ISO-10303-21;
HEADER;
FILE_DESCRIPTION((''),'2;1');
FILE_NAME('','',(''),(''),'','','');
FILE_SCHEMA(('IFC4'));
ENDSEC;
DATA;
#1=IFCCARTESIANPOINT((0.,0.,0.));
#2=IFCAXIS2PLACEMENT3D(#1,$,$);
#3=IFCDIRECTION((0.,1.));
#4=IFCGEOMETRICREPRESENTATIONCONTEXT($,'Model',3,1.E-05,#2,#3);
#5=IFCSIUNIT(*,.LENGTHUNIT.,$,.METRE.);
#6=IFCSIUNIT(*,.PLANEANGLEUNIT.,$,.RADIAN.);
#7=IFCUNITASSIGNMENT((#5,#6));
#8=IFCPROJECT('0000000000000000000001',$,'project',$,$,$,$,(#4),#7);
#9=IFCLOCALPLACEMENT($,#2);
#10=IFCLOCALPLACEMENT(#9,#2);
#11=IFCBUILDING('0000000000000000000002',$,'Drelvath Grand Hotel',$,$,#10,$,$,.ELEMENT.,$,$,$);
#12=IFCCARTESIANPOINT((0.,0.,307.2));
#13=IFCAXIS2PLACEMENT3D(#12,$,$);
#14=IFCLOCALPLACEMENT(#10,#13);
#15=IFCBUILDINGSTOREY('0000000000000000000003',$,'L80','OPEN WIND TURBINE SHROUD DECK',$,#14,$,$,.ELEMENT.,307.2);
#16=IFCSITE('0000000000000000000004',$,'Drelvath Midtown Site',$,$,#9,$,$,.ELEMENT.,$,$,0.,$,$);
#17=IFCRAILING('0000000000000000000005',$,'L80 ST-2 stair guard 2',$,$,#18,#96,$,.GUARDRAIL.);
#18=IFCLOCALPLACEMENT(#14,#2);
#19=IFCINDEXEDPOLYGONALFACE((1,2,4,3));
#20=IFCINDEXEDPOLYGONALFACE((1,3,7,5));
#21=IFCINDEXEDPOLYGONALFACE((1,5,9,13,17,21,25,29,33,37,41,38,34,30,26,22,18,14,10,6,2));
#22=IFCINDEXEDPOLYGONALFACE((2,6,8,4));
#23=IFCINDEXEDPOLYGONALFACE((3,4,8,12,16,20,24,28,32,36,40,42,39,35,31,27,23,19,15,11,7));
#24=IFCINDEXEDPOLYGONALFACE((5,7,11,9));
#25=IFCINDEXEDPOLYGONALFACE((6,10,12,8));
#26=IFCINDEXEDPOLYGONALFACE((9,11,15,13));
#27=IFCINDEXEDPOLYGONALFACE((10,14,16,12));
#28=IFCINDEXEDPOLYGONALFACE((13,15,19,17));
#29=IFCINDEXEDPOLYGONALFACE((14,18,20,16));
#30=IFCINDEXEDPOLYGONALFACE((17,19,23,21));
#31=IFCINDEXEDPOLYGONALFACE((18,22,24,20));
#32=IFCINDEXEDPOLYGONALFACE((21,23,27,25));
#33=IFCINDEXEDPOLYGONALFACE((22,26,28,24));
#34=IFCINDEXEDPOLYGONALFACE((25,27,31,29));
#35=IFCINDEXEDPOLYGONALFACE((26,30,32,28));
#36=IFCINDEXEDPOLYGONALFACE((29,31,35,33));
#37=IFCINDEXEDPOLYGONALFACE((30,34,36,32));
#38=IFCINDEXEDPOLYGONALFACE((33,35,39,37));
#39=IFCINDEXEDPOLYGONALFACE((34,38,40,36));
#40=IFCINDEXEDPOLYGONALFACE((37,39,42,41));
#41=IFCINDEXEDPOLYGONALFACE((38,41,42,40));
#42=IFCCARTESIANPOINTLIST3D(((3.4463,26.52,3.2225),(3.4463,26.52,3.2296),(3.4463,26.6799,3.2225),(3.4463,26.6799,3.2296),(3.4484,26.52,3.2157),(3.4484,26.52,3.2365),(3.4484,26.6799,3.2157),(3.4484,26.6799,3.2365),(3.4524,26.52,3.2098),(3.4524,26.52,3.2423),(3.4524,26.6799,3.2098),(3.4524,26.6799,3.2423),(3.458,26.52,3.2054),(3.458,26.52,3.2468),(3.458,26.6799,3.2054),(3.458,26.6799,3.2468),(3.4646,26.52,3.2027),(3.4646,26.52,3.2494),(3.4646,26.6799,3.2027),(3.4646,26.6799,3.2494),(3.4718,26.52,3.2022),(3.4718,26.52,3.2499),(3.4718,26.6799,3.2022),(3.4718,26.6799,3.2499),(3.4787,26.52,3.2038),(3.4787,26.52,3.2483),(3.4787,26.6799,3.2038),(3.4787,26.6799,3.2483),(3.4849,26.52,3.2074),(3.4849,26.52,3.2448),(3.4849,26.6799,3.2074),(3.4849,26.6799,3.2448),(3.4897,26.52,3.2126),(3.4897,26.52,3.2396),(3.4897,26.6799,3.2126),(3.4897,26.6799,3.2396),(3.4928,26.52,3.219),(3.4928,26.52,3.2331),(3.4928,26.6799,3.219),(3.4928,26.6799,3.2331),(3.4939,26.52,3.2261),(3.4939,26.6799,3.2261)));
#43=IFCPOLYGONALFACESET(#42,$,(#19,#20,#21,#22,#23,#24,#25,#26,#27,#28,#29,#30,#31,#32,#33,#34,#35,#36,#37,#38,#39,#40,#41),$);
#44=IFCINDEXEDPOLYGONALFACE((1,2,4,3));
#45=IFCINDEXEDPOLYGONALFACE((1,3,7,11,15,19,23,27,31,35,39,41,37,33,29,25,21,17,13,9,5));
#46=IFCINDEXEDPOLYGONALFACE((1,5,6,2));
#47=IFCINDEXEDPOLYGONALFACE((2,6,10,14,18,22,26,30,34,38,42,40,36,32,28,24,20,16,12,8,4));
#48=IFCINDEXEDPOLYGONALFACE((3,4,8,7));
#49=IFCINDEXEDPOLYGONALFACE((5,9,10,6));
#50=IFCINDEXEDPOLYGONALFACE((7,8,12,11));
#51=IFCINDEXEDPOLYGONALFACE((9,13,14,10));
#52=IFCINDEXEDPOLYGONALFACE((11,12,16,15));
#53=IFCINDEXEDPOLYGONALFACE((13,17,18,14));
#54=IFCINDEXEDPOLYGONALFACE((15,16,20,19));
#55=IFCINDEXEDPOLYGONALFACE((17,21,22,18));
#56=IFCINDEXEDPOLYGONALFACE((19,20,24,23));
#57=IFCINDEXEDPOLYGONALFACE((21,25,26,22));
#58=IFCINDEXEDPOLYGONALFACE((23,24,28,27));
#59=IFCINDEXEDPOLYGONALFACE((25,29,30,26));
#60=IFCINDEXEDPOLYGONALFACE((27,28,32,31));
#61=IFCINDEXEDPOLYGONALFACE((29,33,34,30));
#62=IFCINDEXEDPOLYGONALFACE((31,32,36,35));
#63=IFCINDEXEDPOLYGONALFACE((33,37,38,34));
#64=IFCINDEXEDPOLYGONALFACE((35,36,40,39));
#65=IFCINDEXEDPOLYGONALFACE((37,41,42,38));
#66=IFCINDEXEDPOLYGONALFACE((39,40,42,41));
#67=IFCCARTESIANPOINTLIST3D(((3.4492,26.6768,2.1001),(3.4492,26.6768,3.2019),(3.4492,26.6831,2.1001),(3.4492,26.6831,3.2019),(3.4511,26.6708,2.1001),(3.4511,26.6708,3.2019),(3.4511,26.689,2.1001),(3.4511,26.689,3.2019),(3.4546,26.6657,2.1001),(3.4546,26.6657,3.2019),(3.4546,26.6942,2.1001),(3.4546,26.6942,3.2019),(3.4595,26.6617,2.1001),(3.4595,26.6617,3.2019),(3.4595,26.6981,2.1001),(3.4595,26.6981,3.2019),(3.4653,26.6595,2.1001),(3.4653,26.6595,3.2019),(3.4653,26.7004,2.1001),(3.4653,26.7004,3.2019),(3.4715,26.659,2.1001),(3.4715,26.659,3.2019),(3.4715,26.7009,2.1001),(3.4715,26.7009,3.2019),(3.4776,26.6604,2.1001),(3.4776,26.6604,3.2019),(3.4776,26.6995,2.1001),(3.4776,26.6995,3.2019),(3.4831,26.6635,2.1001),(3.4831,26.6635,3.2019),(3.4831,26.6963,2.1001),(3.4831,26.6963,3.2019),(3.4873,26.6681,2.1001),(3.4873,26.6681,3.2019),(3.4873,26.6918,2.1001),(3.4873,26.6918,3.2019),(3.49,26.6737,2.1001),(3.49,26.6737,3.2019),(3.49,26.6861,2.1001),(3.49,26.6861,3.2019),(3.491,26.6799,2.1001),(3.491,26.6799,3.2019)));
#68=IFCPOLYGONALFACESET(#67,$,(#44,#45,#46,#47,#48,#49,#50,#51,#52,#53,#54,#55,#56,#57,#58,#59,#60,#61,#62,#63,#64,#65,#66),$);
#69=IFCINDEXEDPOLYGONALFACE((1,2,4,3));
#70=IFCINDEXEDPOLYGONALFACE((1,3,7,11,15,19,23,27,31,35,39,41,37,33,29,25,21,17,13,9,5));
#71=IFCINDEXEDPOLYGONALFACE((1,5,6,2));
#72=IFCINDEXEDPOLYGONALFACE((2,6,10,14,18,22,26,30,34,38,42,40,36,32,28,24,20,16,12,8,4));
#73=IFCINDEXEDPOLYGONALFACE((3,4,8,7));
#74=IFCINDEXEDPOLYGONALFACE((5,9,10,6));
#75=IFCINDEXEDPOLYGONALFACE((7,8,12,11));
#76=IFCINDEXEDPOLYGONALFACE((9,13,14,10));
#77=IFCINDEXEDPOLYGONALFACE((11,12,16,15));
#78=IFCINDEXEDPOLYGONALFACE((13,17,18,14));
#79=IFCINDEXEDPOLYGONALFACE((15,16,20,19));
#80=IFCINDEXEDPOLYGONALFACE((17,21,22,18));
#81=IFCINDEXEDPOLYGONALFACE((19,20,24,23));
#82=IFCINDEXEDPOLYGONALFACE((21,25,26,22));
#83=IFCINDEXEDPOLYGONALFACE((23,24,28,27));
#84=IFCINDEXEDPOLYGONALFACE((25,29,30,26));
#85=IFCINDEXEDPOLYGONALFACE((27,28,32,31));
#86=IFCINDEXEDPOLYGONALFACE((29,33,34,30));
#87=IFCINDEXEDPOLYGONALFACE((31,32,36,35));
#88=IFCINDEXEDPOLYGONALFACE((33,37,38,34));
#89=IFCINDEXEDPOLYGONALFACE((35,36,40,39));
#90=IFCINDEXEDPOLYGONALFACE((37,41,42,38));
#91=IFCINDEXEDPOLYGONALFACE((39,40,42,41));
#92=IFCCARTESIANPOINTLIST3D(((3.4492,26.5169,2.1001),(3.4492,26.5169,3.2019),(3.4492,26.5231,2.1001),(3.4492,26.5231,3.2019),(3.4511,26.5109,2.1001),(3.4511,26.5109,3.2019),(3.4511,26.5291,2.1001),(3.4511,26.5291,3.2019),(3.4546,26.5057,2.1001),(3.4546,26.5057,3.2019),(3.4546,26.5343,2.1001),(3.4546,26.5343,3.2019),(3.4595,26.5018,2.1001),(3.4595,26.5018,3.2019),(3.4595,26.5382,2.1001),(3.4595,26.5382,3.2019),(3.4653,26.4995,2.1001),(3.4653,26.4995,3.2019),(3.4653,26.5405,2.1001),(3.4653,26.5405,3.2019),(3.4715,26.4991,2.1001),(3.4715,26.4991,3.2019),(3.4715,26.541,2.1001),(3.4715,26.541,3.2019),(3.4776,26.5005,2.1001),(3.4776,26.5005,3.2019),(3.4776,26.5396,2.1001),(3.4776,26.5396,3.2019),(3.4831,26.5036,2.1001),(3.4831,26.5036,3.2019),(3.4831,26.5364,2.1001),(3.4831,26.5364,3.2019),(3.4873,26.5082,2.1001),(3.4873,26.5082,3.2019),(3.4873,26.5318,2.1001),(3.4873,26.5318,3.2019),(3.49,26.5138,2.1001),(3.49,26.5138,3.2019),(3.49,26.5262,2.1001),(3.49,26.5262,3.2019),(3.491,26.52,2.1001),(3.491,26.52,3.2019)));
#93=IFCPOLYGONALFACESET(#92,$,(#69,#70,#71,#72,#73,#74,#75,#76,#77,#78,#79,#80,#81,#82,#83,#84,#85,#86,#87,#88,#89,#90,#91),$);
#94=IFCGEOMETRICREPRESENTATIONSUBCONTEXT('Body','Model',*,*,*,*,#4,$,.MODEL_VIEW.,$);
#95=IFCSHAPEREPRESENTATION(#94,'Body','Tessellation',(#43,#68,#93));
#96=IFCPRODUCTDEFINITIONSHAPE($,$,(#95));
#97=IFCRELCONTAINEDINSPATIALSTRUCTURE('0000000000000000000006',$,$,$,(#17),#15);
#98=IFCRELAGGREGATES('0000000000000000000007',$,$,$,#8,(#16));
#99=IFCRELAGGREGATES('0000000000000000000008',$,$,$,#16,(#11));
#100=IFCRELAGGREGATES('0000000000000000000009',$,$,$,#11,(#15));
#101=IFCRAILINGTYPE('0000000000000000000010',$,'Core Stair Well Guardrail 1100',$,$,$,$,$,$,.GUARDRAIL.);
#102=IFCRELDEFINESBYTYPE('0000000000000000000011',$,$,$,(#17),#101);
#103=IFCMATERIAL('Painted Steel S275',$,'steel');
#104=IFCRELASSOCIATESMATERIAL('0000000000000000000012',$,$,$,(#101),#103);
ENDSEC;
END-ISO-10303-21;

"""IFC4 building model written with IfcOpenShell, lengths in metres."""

from ifc_helpers import new_model, si_unit, direction, frame, origin, origin_2d, place, context, subcontext, project, spatial, circle, extrude, material, type_object, element, save


model = new_model("IFC4")

# Units and contexts
model_context = context("Model", 3, precision=1e-05, world=origin(), true_north=direction((0.0, 1.0)))
body_context = subcontext(model_context, "Body", "Model", "MODEL_VIEW")
ifc_project = project(units=[si_unit("LENGTHUNIT", "METRE"), si_unit("PLANEANGLEUNIT", "RADIAN")], contexts=[model_context])

# Site, building, storey
site_placement = place(None, origin())
site = spatial("IfcSite", under=ifc_project, at=site_placement, Name="Drelvath Midtown Site", CompositionType="ELEMENT", RefElevation=0.0)
building_placement = place(site_placement, origin())
building = spatial("IfcBuilding", under=site, at=building_placement, Name="Drelvath Grand Hotel", CompositionType="ELEMENT")
storey_placement = place(building_placement, frame((0.0, 0.0, 307.2)))
storey = spatial("IfcBuildingStorey", under=building, at=storey_placement, Name="L80", Description="OPEN WIND TURBINE SHROUD DECK", CompositionType="ELEMENT", Elevation=307.2)

# Shared definitions
ifc_material_1 = material(Name="Painted Steel S275", Category="steel")

# Railing
railing_type_1 = type_object("IfcRailingType", Name="Core Stair Well Guardrail 1100", PredefinedType="GUARDRAIL", material=ifc_material_1)
railing_1_placement = place(storey_placement, frame((3.47, 26.6799, 2.1001)))
element("IfcRailing", 1, at=railing_1_placement, inside=storey, type_object=railing_type_1, Name="L80 ST-2 stair guard 2", PredefinedType="GUARDRAIL", context=body_context, shape_type="SweptSolid", body=[
    extrude(circle(Radius=0.0239, at=origin_2d()), frame((0.0, 0.0, 1.126), z_axis=(0.0, -1.0, 0.0), x_axis=(1.0, 0.0, 0.0)), (0.0, 0.0, 1.0), 0.1599),
    extrude(circle(Radius=0.021, at=origin_2d()), origin(), (0.0, 0.0, 1.0), 1.1018),
    extrude(circle(Radius=0.021, at=origin_2d()), frame((0.0, -0.1599, 0.0)), (0.0, 0.0, 1.0), 1.1018),
])

save(model, "model.ifc")
